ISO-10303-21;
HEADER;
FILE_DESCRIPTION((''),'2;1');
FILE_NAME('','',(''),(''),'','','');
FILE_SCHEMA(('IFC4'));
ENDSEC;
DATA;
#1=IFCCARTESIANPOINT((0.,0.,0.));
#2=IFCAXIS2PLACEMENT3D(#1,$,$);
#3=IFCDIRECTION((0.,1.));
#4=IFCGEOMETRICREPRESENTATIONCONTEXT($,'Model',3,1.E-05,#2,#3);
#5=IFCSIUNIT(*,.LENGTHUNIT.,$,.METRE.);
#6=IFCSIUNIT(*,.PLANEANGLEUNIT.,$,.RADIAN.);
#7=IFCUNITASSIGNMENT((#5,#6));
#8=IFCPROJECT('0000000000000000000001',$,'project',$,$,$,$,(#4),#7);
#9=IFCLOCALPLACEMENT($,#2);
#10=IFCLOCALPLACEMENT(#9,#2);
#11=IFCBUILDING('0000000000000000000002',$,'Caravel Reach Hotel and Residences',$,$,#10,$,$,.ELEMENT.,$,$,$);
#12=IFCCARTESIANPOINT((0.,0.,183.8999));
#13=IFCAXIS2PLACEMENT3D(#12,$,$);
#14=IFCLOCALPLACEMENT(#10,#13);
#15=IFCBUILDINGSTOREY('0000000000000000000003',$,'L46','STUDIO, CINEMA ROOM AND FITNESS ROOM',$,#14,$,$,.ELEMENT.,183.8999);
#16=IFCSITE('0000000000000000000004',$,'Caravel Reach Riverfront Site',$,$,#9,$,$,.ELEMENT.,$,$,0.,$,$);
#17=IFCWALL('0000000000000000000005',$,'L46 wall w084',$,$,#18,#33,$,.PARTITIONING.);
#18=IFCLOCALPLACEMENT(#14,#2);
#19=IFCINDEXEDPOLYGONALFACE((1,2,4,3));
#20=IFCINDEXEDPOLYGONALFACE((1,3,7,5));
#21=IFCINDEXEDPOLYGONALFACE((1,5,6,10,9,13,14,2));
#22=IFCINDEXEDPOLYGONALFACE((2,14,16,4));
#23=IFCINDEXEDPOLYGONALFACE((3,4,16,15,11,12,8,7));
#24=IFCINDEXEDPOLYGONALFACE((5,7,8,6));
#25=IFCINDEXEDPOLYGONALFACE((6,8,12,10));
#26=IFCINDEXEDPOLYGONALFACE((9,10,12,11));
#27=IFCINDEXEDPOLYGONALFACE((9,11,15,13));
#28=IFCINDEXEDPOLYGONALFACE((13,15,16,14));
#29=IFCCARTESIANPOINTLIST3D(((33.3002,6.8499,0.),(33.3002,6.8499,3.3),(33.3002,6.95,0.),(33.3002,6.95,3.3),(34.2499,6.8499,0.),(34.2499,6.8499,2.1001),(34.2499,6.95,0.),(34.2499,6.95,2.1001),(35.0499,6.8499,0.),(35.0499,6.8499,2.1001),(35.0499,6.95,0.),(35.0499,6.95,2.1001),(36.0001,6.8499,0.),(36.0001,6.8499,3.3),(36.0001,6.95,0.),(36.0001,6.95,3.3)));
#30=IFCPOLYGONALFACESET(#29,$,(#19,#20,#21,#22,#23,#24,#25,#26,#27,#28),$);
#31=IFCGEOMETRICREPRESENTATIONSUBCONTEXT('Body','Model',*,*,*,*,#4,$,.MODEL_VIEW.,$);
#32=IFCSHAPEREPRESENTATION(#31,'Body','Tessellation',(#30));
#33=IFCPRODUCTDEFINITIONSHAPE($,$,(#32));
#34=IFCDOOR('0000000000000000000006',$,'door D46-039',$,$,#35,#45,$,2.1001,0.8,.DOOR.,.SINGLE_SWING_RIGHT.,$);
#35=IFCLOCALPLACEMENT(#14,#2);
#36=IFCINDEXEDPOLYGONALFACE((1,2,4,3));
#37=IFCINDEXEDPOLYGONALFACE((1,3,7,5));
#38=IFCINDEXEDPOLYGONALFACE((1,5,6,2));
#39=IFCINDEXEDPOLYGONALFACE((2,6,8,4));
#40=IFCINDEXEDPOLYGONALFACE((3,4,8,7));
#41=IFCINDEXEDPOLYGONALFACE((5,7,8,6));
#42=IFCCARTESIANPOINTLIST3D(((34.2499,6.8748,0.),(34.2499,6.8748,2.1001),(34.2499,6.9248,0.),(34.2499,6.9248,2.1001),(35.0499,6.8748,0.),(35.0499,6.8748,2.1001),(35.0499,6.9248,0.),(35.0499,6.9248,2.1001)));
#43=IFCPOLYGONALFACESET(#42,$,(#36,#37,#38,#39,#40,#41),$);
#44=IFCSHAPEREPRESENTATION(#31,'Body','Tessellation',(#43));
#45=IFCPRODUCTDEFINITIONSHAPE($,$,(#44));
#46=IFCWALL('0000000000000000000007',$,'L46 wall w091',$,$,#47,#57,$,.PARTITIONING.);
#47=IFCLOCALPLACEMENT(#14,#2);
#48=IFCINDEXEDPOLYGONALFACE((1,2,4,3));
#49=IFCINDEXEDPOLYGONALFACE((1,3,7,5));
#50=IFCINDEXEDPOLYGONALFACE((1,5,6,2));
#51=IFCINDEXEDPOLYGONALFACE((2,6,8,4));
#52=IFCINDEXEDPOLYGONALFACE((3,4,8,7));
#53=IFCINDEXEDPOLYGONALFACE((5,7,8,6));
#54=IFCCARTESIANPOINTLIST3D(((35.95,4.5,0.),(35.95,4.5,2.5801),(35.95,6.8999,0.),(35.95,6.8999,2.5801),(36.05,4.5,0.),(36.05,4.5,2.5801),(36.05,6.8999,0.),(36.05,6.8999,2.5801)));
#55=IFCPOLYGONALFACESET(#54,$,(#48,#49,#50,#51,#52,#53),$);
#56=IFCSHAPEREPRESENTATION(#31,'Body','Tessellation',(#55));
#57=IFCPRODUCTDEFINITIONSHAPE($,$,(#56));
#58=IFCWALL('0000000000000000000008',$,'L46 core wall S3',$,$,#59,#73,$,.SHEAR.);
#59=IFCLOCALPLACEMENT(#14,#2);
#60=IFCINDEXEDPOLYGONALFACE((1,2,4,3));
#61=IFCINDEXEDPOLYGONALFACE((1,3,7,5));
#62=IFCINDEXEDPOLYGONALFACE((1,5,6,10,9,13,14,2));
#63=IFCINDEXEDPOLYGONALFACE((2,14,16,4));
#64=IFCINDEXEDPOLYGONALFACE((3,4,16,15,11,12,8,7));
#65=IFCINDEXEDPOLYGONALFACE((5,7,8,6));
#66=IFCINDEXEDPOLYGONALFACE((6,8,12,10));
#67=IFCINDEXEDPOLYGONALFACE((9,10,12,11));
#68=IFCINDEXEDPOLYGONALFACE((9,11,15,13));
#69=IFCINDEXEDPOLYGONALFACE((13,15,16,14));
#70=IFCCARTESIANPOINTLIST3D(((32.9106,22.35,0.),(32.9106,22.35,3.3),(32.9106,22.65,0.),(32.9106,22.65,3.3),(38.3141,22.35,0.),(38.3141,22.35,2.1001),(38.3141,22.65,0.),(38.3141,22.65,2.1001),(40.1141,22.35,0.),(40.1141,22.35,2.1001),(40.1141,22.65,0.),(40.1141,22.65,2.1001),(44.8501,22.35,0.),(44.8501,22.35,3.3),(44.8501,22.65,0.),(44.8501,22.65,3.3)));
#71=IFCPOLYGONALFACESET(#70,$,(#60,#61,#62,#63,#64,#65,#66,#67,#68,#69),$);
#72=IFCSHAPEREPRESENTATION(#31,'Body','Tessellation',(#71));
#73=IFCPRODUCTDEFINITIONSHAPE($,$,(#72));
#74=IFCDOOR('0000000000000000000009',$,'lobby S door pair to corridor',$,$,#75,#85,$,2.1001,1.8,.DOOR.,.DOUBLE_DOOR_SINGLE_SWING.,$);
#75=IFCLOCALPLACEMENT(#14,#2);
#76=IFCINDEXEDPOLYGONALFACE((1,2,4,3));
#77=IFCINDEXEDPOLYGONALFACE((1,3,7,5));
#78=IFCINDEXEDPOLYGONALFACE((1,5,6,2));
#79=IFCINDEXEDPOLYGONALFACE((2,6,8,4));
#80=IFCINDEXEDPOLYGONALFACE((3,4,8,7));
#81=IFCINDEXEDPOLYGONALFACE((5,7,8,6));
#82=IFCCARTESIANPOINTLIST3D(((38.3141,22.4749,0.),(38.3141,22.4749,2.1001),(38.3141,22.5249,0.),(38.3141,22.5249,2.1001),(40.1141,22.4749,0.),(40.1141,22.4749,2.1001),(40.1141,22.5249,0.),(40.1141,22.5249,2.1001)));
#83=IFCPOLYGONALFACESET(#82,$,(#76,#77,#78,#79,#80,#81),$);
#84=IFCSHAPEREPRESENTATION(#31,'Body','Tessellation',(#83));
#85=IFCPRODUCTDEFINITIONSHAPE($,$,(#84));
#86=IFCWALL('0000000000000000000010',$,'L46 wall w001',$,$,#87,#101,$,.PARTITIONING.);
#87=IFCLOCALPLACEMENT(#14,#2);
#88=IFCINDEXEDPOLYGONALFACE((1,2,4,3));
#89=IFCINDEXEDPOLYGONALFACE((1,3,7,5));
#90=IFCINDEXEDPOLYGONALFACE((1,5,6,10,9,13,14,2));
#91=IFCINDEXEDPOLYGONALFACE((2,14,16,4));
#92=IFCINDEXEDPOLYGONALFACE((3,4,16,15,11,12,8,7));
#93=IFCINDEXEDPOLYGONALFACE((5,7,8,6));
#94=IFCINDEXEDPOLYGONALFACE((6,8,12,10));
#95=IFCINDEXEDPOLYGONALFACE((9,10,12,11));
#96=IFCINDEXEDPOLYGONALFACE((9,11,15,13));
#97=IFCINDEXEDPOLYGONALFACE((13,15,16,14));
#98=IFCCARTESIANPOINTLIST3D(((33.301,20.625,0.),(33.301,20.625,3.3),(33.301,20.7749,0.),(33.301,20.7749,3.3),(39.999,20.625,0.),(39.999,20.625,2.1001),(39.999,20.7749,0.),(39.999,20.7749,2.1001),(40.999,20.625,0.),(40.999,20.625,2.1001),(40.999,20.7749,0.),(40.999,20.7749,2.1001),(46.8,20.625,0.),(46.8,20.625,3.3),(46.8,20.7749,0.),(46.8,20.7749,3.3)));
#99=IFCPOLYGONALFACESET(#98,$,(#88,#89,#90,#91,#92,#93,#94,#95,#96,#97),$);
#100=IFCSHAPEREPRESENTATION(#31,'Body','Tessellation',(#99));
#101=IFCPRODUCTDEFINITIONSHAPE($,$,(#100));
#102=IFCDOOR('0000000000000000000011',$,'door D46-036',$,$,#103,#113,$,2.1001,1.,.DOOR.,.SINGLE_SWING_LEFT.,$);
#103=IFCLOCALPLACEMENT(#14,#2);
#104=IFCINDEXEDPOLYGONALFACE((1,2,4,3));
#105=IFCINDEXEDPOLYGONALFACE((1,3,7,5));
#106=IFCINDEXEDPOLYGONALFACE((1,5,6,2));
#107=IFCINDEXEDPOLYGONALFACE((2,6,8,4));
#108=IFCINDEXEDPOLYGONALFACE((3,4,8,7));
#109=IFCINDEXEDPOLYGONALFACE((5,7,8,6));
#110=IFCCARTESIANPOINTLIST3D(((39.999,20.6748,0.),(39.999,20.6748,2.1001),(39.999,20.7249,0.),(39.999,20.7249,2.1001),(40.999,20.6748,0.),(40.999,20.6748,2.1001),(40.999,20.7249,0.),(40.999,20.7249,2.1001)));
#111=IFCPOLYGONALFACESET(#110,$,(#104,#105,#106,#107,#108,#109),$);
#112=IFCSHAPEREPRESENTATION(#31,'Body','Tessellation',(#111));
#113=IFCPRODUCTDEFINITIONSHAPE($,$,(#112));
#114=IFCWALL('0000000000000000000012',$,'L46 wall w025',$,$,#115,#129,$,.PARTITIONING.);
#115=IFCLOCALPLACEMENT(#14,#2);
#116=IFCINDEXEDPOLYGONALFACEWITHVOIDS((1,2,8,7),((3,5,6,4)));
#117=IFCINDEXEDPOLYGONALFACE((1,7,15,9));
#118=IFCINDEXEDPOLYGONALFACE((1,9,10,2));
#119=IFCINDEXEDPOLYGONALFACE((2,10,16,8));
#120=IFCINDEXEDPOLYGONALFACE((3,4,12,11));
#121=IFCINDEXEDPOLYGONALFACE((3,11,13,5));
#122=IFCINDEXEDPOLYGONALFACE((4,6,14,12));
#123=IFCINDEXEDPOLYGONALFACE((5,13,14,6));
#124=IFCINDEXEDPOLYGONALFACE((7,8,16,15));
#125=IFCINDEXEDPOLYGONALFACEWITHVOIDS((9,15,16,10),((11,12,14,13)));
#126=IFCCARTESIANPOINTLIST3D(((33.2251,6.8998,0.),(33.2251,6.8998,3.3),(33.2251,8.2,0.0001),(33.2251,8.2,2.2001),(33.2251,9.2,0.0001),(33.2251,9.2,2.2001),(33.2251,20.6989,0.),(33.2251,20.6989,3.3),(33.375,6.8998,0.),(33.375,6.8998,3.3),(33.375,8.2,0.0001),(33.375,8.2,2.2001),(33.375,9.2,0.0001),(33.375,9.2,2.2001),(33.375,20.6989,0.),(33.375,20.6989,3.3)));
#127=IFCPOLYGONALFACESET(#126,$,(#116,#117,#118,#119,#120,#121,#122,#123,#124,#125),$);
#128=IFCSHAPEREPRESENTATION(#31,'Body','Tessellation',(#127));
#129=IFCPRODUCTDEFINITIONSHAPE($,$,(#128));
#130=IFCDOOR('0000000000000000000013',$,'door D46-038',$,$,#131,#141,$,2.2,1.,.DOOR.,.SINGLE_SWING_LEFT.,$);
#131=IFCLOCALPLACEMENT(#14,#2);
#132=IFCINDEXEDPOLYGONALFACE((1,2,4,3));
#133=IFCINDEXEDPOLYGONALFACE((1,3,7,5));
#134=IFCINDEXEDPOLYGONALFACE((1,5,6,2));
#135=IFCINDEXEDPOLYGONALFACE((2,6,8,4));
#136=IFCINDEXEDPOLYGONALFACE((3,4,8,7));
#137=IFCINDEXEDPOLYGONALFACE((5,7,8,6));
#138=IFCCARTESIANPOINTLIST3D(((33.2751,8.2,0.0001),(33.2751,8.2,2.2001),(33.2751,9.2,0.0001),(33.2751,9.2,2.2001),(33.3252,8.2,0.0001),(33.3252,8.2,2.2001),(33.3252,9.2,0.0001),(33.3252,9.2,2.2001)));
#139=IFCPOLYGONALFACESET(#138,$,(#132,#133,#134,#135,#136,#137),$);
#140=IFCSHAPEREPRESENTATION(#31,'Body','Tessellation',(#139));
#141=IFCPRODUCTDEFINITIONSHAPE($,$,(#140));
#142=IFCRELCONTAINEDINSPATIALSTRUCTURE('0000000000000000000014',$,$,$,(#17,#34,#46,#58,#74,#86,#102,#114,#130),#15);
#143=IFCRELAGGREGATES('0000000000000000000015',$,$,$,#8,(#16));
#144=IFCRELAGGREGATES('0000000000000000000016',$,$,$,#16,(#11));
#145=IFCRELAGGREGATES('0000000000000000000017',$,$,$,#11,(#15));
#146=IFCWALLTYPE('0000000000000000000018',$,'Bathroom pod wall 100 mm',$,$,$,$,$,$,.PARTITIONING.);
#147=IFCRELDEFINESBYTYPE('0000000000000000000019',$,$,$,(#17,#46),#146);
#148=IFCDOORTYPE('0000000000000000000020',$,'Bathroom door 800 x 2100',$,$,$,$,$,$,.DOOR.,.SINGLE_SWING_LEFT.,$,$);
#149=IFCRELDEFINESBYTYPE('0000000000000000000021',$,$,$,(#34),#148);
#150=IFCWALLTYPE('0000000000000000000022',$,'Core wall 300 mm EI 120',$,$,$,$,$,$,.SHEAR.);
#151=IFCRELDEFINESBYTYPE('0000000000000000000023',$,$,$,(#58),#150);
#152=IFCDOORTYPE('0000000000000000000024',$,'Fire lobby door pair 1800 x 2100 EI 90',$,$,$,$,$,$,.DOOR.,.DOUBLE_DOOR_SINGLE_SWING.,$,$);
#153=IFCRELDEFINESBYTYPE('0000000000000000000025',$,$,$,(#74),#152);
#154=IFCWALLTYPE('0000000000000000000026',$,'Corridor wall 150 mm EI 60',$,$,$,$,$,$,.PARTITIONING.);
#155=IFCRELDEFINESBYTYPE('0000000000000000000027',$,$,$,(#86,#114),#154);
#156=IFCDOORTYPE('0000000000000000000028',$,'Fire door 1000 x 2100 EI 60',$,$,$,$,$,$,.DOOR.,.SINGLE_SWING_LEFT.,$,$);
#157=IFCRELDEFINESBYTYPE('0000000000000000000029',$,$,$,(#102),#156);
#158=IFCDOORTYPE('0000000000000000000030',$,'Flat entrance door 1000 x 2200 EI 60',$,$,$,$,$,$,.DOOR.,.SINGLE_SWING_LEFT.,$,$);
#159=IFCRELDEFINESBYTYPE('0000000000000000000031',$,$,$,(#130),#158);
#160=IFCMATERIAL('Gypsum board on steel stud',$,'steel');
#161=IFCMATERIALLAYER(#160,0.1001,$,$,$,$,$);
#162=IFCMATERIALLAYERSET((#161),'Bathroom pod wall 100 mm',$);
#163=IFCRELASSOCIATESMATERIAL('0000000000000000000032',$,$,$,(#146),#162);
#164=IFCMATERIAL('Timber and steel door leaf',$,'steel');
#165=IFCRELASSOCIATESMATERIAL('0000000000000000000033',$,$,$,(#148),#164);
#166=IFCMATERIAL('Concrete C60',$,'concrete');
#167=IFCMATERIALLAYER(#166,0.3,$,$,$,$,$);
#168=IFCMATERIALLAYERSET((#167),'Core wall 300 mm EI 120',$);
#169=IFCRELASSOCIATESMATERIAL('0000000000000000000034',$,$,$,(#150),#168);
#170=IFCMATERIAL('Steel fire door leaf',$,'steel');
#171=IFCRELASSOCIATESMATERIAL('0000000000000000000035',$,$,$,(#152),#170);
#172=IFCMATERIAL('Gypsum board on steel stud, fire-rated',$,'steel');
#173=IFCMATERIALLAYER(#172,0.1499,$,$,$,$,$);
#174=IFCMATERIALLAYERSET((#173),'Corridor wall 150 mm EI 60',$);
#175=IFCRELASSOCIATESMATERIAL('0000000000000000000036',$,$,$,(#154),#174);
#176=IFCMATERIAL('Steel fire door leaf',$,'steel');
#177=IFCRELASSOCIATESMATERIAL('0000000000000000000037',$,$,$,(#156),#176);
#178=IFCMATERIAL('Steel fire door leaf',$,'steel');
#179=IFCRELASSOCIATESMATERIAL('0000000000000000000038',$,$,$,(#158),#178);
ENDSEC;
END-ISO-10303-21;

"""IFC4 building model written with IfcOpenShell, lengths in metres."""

from ifc_helpers import new_model, si_unit, direction, frame, frame_2d, origin, place, context, subcontext, project, spatial, rectangle, extrude, material, layer, layer_set, type_object, element, fill, save


model = new_model("IFC4")

# Units and contexts
model_context = context("Model", 3, precision=1e-05, world=origin(), true_north=direction((0.0, 1.0)))
body_context = subcontext(model_context, "Body", "Model", "MODEL_VIEW")
ifc_project = project(units=[si_unit("LENGTHUNIT", "METRE"), si_unit("PLANEANGLEUNIT", "RADIAN")], contexts=[model_context])

# Site, building, storey
site_placement = place(None, origin())
site = spatial("IfcSite", under=ifc_project, at=site_placement, Name="Caravel Reach Riverfront Site", CompositionType="ELEMENT", RefElevation=0.0)
building_placement = place(site_placement, origin())
building = spatial("IfcBuilding", under=site, at=building_placement, Name="Caravel Reach Hotel and Residences", CompositionType="ELEMENT")
storey_placement = place(building_placement, frame((0.0, 0.0, 183.8999)))
storey = spatial("IfcBuildingStorey", under=building, at=storey_placement, Name="L46", Description="STUDIO, CINEMA ROOM AND FITNESS ROOM", CompositionType="ELEMENT", Elevation=183.8999)

# Wall, opening, door
ifc_material_1 = material(Name="Gypsum board on steel stud", Category="steel")
ifc_layer_1 = layer(ifc_material_1, 0.1001)
ifc_layer_set_1 = layer_set([ifc_layer_1], Name="Bathroom pod wall 100 mm")
wall_type_1 = type_object("IfcWallType", Name="Bathroom pod wall 100 mm", PredefinedType="PARTITIONING", material=ifc_layer_set_1)
wall_1_placement = place(storey_placement, frame((33.3, 6.8999, 0.0), z_axis=(0.0, 0.0, 1.0), x_axis=(1.0, 0.0, 0.0)))
wall_1 = element("IfcWall", 1, at=wall_1_placement, inside=storey, type_object=wall_type_1, Name="L46 wall w084", PredefinedType="PARTITIONING", context=body_context, shape_type="SweptSolid", body=[
    extrude(rectangle(XDim=2.7, YDim=0.1001, at=frame_2d((1.3501, 0.0))), origin(), (0.0, 0.0, 1.0), 3.3),
])
opening_1_placement = place(wall_1_placement, frame((0.95, 0.0, 0.0)))
opening_1 = element("IfcOpeningElement", 2, at=opening_1_placement, cuts=wall_1, PredefinedType="OPENING", context=body_context, shape_type="SweptSolid", body=[
    extrude(rectangle(XDim=0.8, YDim=2.1001, at=frame_2d((0.3999, 1.05))), frame((0.0, 0.0601, 0.0), z_axis=(0.0, -1.0, 0.0), x_axis=(1.0, 0.0, 0.0)), (0.0, 0.0, 1.0), 0.1201),
])
ifc_material_2 = material(Name="Timber and steel door leaf", Category="steel")
door_type_1 = type_object("IfcDoorType", Name="Bathroom door 800 x 2100", OperationType="SINGLE_SWING_LEFT", PredefinedType="DOOR", material=ifc_material_2)
door_1_placement = place(opening_1_placement, origin())
door_1 = element("IfcDoor", 3, at=door_1_placement, inside=storey, type_object=door_type_1, Name="door D46-039", OperationType="SINGLE_SWING_RIGHT", OverallHeight=2.1001, OverallWidth=0.8, PredefinedType="DOOR", context=body_context, shape_type="SweptSolid", body=[
    extrude(rectangle(XDim=0.8, YDim=2.1001, at=frame_2d((0.3999, 1.05))), frame((0.0, 0.0249, 0.0), z_axis=(0.0, -1.0, 0.0), x_axis=(1.0, 0.0, 0.0)), (0.0, 0.0, 1.0), 0.05),
])
fill(opening_1, door_1)

# Wall
wall_2_placement = place(storey_placement, frame((36.0, 4.5, 0.0), z_axis=(0.0, 0.0, 1.0), x_axis=(0.0, 1.0, 0.0)))
element("IfcWall", 4, at=wall_2_placement, inside=storey, type_object=wall_type_1, Name="L46 wall w091", PredefinedType="PARTITIONING", context=body_context, shape_type="SweptSolid", body=[
    extrude(rectangle(XDim=2.3999, YDim=0.1001, at=frame_2d((1.2, 0.0))), origin(), (0.0, 0.0, 1.0), 2.5801),
])

# Walls, openings, doors
ifc_material_3 = material(Name="Concrete C60", Category="concrete")
ifc_layer_2 = layer(ifc_material_3, 0.3)
ifc_layer_set_2 = layer_set([ifc_layer_2], Name="Core wall 300 mm EI 120")
wall_type_2 = type_object("IfcWallType", Name="Core wall 300 mm EI 120", PredefinedType="SHEAR", material=ifc_layer_set_2)
wall_3_placement = place(storey_placement, frame((32.9106, 22.5, 0.0), z_axis=(0.0, 0.0, 1.0), x_axis=(1.0, 0.0, 0.0)))
wall_3 = element("IfcWall", 5, at=wall_3_placement, inside=storey, type_object=wall_type_2, Name="L46 core wall S3", PredefinedType="SHEAR", context=body_context, shape_type="SweptSolid", body=[
    extrude(rectangle(XDim=11.9395, YDim=0.3, at=frame_2d((5.9697, 0.0))), origin(), (0.0, 0.0, 1.0), 3.3),
])
opening_2_placement = place(wall_3_placement, frame((5.4036, 0.0, 0.0)))
opening_2 = element("IfcOpeningElement", 6, at=opening_2_placement, cuts=wall_3, PredefinedType="OPENING", context=body_context, shape_type="SweptSolid", body=[
    extrude(rectangle(XDim=1.8, YDim=2.1001, at=frame_2d((0.8999, 1.05))), frame((0.0, 0.1599, 0.0), z_axis=(0.0, -1.0, 0.0), x_axis=(1.0, 0.0, 0.0)), (0.0, 0.0, 1.0), 0.3201),
])
ifc_material_4 = material(Name="Steel fire door leaf", Category="steel")
door_type_2 = type_object("IfcDoorType", Name="Fire lobby door pair 1800 x 2100 EI 90", OperationType="DOUBLE_DOOR_SINGLE_SWING", PredefinedType="DOOR", material=ifc_material_4)
door_2_placement = place(opening_2_placement, origin())
door_2 = element("IfcDoor", 7, at=door_2_placement, inside=storey, type_object=door_type_2, Name="lobby S door pair to corridor", OperationType="DOUBLE_DOOR_SINGLE_SWING", OverallHeight=2.1001, OverallWidth=1.8, PredefinedType="DOOR", context=body_context, shape_type="SweptSolid", body=[
    extrude(rectangle(XDim=1.8, YDim=2.1001, at=frame_2d((0.8999, 1.05))), frame((0.0, 0.0249, 0.0), z_axis=(0.0, -1.0, 0.0), x_axis=(1.0, 0.0, 0.0)), (0.0, 0.0, 1.0), 0.05),
])
fill(opening_2, door_2)
ifc_material_5 = material(Name="Gypsum board on steel stud, fire-rated", Category="steel")
ifc_layer_3 = layer(ifc_material_5, 0.1499)
ifc_layer_set_3 = layer_set([ifc_layer_3], Name="Corridor wall 150 mm EI 60")
wall_type_3 = type_object("IfcWallType", Name="Corridor wall 150 mm EI 60", PredefinedType="PARTITIONING", material=ifc_layer_set_3)
wall_4_placement = place(storey_placement, frame((33.301, 20.7, 0.0), z_axis=(0.0, 0.0, 1.0), x_axis=(1.0, 0.0, 0.0)))
wall_4 = element("IfcWall", 8, at=wall_4_placement, inside=storey, type_object=wall_type_3, Name="L46 wall w001", PredefinedType="PARTITIONING", context=body_context, shape_type="SweptSolid", body=[
    extrude(rectangle(XDim=13.499, YDim=0.1499, at=frame_2d((6.7495, 0.0))), origin(), (0.0, 0.0, 1.0), 3.3),
])
opening_3_placement = place(wall_4_placement, frame((6.698, 0.0, 0.0)))
opening_3 = element("IfcOpeningElement", 9, at=opening_3_placement, cuts=wall_4, PredefinedType="OPENING", context=body_context, shape_type="SweptSolid", body=[
    extrude(rectangle(XDim=1.0, YDim=2.1001, at=frame_2d((0.5, 1.05))), frame((0.0, 0.085, 0.0), z_axis=(0.0, -1.0, 0.0), x_axis=(1.0, 0.0, 0.0)), (0.0, 0.0, 1.0), 0.1699),
])
ifc_material_6 = material(Name="Steel fire door leaf", Category="steel")
door_type_3 = type_object("IfcDoorType", Name="Fire door 1000 x 2100 EI 60", OperationType="SINGLE_SWING_LEFT", PredefinedType="DOOR", material=ifc_material_6)
door_3_placement = place(opening_3_placement, origin())
door_3 = element("IfcDoor", 10, at=door_3_placement, inside=storey, type_object=door_type_3, Name="door D46-036", OperationType="SINGLE_SWING_LEFT", OverallHeight=2.1001, OverallWidth=1.0, PredefinedType="DOOR", context=body_context, shape_type="SweptSolid", body=[
    extrude(rectangle(XDim=1.0, YDim=2.1001, at=frame_2d((0.5, 1.05))), frame((0.0, 0.0249, 0.0), z_axis=(0.0, -1.0, 0.0), x_axis=(1.0, 0.0, 0.0)), (0.0, 0.0, 1.0), 0.05),
])
fill(opening_3, door_3)
wall_5_placement = place(storey_placement, frame((33.3, 6.8999, 0.0), z_axis=(0.0, 0.0, 1.0), x_axis=(0.0, 1.0, 0.0)))
wall_5 = element("IfcWall", 11, at=wall_5_placement, inside=storey, type_object=wall_type_3, Name="L46 wall w025", PredefinedType="PARTITIONING", context=body_context, shape_type="SweptSolid", body=[
    extrude(rectangle(XDim=13.7991, YDim=0.1499, at=frame_2d((6.8994, 0.0))), origin(), (0.0, 0.0, 1.0), 3.3),
])
opening_4_placement = place(wall_5_placement, frame((1.3, 0.0, 0.0)))
opening_4 = element("IfcOpeningElement", 12, at=opening_4_placement, cuts=wall_5, PredefinedType="OPENING", context=body_context, shape_type="SweptSolid", body=[
    extrude(rectangle(XDim=1.0, YDim=2.2, at=frame_2d((0.5, 1.1001))), frame((0.0, 0.085, 0.0), z_axis=(0.0, -1.0, 0.0), x_axis=(1.0, 0.0, 0.0)), (0.0, 0.0, 1.0), 0.1699),
])
ifc_material_7 = material(Name="Steel fire door leaf", Category="steel")
door_type_4 = type_object("IfcDoorType", Name="Flat entrance door 1000 x 2200 EI 60", OperationType="SINGLE_SWING_LEFT", PredefinedType="DOOR", material=ifc_material_7)
door_4_placement = place(opening_4_placement, origin())
door_4 = element("IfcDoor", 13, at=door_4_placement, inside=storey, type_object=door_type_4, Name="door D46-038", OperationType="SINGLE_SWING_LEFT", OverallHeight=2.2, OverallWidth=1.0, PredefinedType="DOOR", context=body_context, shape_type="SweptSolid", body=[
    extrude(rectangle(XDim=1.0, YDim=2.2, at=frame_2d((0.5, 1.1001))), frame((0.0, 0.0249, 0.0), z_axis=(0.0, -1.0, 0.0), x_axis=(1.0, 0.0, 0.0)), (0.0, 0.0, 1.0), 0.05),
])
fill(opening_4, door_4)

save(model, "model.ifc")
